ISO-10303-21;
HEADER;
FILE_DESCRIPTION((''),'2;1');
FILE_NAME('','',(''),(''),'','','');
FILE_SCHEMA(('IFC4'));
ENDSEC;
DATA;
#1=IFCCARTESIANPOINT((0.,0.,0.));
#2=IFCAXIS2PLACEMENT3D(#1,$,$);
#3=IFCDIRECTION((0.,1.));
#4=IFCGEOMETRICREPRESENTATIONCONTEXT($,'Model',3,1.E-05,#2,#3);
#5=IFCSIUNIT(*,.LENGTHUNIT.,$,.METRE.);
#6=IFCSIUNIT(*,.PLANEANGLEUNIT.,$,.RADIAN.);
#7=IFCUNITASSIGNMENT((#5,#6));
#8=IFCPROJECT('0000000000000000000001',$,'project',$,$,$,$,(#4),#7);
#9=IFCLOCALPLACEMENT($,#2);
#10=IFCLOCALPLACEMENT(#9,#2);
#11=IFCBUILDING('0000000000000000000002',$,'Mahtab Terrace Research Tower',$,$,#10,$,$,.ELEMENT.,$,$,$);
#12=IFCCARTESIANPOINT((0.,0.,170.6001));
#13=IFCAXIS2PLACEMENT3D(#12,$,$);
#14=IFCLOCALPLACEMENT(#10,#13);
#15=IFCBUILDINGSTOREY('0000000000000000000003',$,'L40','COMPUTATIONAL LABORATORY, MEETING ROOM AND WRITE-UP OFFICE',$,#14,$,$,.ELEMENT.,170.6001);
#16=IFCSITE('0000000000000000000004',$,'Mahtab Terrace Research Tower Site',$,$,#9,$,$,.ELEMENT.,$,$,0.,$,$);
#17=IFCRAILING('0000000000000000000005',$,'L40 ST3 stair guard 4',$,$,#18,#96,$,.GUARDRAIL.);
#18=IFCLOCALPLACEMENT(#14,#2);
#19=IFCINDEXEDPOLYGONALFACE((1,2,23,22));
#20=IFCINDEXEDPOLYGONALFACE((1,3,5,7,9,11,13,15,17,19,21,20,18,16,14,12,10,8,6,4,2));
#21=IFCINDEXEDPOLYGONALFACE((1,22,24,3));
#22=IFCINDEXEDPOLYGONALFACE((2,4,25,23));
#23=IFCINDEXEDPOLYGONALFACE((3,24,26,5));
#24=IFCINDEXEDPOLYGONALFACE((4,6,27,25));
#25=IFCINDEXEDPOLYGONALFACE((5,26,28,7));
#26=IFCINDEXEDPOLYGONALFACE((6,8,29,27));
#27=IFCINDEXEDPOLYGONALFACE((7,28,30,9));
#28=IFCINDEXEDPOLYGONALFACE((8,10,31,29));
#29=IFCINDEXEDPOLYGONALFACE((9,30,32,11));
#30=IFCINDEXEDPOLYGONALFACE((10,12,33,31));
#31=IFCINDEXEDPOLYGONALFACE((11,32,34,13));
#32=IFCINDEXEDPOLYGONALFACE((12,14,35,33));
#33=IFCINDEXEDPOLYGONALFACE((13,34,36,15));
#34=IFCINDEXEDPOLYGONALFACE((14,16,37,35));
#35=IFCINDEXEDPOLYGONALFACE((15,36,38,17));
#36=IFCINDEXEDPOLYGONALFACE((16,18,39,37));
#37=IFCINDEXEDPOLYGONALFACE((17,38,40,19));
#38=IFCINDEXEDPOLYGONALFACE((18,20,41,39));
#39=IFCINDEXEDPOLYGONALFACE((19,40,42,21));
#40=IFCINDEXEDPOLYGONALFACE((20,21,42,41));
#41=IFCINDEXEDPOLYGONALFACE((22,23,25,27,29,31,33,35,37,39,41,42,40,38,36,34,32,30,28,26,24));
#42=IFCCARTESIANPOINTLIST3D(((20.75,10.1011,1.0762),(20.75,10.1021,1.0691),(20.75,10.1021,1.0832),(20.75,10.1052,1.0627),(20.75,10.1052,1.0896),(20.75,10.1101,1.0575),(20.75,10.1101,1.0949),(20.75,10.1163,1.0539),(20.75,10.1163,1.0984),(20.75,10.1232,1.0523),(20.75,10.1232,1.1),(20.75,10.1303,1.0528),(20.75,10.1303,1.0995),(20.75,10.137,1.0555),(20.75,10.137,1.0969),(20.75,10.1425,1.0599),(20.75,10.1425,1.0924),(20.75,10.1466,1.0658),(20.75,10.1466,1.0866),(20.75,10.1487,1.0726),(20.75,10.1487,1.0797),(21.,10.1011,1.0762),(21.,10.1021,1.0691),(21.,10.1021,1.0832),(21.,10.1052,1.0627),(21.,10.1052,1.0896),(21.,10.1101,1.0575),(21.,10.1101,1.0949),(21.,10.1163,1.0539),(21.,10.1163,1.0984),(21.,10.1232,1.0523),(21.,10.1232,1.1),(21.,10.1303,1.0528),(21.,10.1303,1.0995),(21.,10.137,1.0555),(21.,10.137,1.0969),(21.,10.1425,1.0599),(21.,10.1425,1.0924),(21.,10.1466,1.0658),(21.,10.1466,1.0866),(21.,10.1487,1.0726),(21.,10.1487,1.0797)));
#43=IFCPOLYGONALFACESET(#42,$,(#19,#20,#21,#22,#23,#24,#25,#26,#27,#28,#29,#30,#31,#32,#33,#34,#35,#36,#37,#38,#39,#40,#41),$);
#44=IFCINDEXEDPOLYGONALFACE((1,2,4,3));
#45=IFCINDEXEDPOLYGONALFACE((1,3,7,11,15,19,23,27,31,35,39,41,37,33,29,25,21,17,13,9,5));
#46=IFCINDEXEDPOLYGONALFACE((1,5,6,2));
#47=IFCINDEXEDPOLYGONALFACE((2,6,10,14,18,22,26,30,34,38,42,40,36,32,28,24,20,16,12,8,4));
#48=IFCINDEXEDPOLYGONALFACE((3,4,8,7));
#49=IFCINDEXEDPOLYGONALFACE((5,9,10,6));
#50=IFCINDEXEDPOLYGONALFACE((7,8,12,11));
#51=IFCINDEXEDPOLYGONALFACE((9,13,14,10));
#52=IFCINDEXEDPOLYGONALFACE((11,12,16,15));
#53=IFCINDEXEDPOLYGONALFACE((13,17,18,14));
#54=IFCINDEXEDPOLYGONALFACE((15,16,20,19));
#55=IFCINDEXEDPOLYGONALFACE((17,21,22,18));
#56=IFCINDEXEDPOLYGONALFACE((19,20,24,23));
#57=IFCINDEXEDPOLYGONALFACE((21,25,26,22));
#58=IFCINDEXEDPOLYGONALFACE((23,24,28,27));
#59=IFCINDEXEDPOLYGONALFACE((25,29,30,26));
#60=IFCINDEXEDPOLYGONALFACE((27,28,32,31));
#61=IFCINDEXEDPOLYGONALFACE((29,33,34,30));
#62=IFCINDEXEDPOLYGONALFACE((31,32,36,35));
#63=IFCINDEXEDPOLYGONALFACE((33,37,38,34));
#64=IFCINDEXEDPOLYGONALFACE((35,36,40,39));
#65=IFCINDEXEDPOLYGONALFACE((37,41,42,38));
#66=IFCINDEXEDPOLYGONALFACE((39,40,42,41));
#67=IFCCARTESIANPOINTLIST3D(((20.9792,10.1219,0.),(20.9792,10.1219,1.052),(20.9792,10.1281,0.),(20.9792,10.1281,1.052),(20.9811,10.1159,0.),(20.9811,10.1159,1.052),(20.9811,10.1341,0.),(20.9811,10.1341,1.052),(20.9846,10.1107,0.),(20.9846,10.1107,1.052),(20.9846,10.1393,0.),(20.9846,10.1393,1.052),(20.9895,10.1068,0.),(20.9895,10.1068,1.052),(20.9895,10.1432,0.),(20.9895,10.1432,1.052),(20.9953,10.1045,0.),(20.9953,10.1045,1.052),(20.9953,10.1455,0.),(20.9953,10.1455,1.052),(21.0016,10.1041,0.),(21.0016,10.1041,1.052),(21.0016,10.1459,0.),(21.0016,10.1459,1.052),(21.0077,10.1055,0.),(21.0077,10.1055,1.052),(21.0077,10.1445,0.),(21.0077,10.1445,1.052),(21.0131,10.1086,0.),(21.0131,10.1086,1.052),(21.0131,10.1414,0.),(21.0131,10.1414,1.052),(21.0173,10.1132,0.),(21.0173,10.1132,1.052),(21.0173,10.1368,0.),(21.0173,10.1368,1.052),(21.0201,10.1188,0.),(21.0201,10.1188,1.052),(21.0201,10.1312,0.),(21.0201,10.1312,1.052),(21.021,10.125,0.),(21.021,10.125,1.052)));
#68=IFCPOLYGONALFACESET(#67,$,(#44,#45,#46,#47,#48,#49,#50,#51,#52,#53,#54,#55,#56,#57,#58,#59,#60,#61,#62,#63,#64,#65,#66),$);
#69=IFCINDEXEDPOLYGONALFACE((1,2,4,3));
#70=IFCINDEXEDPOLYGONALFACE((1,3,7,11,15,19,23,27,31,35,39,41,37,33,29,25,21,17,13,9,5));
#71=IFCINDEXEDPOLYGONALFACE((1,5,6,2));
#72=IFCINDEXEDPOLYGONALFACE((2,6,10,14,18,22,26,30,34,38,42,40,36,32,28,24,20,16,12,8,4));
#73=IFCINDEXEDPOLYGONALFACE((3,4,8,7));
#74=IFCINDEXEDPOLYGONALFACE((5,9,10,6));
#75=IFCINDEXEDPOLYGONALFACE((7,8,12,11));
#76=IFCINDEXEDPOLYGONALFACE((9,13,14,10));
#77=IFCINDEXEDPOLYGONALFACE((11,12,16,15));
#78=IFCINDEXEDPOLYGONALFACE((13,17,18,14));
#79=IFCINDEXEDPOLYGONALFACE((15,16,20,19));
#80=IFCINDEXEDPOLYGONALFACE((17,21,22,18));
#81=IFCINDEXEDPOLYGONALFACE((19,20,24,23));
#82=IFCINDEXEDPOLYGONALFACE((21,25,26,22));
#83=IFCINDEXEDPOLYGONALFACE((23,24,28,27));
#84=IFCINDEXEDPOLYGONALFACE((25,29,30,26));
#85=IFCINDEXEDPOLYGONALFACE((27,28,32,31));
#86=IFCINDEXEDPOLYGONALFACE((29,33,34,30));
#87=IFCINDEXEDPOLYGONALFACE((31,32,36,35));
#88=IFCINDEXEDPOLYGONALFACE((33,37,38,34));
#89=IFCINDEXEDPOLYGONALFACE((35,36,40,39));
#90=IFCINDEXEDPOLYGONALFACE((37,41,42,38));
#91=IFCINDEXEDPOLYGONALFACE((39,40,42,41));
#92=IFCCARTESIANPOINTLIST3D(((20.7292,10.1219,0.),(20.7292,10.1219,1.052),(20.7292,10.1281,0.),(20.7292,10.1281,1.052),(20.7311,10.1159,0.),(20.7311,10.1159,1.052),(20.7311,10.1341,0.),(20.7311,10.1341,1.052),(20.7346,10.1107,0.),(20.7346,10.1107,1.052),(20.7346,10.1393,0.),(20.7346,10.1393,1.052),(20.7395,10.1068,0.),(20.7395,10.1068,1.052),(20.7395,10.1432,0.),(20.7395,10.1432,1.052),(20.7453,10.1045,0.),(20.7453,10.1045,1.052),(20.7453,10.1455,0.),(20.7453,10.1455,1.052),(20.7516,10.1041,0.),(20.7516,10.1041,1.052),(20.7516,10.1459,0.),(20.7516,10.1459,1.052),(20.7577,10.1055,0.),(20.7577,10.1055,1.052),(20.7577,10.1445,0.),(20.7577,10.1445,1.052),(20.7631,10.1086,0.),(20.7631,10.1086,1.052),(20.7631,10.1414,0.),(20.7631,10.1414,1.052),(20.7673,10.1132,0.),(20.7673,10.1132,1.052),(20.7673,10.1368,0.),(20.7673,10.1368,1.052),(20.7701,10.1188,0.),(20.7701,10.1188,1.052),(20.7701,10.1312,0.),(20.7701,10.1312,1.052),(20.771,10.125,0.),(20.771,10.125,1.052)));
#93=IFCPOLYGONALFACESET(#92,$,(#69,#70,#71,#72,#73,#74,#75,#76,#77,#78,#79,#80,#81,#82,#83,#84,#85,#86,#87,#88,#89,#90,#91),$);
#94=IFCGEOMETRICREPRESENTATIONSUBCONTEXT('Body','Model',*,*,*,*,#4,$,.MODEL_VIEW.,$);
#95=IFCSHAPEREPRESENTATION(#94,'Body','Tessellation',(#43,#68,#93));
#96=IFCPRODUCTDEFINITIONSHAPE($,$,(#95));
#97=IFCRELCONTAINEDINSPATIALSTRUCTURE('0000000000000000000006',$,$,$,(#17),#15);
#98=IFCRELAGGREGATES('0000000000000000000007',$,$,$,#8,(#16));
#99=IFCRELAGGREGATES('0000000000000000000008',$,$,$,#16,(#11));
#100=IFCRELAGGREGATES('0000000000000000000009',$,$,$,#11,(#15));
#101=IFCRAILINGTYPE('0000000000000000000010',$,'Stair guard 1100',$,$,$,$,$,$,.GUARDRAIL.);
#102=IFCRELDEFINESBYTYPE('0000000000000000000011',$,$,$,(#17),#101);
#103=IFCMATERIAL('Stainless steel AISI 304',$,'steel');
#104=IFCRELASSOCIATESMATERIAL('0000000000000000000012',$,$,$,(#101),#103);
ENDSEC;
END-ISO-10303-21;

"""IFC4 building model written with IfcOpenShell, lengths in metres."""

from ifc_helpers import new_model, si_unit, direction, frame, origin, origin_2d, place, context, subcontext, project, spatial, circle, extrude, material, type_object, element, save


model = new_model("IFC4")

# Units and contexts
model_context = context("Model", 3, precision=1e-05, world=origin(), true_north=direction((0.0, 1.0)))
body_context = subcontext(model_context, "Body", "Model", "MODEL_VIEW")
ifc_project = project(units=[si_unit("LENGTHUNIT", "METRE"), si_unit("PLANEANGLEUNIT", "RADIAN")], contexts=[model_context])

# Site, building, storey
site_placement = place(None, origin())
site = spatial("IfcSite", under=ifc_project, at=site_placement, Name="Mahtab Terrace Research Tower Site", CompositionType="ELEMENT", RefElevation=0.0)
building_placement = place(site_placement, origin())
building = spatial("IfcBuilding", under=site, at=building_placement, Name="Mahtab Terrace Research Tower", CompositionType="ELEMENT")
storey_placement = place(building_placement, frame((0.0, 0.0, 170.6001)))
storey = spatial("IfcBuildingStorey", under=building, at=storey_placement, Name="L40", Description="COMPUTATIONAL LABORATORY, MEETING ROOM AND WRITE-UP OFFICE", CompositionType="ELEMENT", Elevation=170.6001)

# Shared definitions
ifc_material_1 = material(Name="Stainless steel AISI 304", Category="steel")

# Railing
railing_type_1 = type_object("IfcRailingType", Name="Stair guard 1100", PredefinedType="GUARDRAIL", material=ifc_material_1)
railing_1_placement = place(storey_placement, frame((21.0, 10.125, 0.0)))
element("IfcRailing", 1, at=railing_1_placement, inside=storey, type_object=railing_type_1, Name="L40 ST3 stair guard 4", PredefinedType="GUARDRAIL", context=body_context, shape_type="SweptSolid", body=[
    extrude(circle(Radius=0.0239, at=origin_2d()), frame((0.0, 0.0, 1.0762), z_axis=(-1.0, 0.0, 0.0), x_axis=(0.0, -1.0, 0.0)), (0.0, 0.0, 1.0), 0.25),
    extrude(circle(Radius=0.021, at=origin_2d()), origin(), (0.0, 0.0, 1.0), 1.052),
    extrude(circle(Radius=0.021, at=origin_2d()), frame((-0.25, 0.0, 0.0)), (0.0, 0.0, 1.0), 1.052),
])

save(model, "model.ifc")
